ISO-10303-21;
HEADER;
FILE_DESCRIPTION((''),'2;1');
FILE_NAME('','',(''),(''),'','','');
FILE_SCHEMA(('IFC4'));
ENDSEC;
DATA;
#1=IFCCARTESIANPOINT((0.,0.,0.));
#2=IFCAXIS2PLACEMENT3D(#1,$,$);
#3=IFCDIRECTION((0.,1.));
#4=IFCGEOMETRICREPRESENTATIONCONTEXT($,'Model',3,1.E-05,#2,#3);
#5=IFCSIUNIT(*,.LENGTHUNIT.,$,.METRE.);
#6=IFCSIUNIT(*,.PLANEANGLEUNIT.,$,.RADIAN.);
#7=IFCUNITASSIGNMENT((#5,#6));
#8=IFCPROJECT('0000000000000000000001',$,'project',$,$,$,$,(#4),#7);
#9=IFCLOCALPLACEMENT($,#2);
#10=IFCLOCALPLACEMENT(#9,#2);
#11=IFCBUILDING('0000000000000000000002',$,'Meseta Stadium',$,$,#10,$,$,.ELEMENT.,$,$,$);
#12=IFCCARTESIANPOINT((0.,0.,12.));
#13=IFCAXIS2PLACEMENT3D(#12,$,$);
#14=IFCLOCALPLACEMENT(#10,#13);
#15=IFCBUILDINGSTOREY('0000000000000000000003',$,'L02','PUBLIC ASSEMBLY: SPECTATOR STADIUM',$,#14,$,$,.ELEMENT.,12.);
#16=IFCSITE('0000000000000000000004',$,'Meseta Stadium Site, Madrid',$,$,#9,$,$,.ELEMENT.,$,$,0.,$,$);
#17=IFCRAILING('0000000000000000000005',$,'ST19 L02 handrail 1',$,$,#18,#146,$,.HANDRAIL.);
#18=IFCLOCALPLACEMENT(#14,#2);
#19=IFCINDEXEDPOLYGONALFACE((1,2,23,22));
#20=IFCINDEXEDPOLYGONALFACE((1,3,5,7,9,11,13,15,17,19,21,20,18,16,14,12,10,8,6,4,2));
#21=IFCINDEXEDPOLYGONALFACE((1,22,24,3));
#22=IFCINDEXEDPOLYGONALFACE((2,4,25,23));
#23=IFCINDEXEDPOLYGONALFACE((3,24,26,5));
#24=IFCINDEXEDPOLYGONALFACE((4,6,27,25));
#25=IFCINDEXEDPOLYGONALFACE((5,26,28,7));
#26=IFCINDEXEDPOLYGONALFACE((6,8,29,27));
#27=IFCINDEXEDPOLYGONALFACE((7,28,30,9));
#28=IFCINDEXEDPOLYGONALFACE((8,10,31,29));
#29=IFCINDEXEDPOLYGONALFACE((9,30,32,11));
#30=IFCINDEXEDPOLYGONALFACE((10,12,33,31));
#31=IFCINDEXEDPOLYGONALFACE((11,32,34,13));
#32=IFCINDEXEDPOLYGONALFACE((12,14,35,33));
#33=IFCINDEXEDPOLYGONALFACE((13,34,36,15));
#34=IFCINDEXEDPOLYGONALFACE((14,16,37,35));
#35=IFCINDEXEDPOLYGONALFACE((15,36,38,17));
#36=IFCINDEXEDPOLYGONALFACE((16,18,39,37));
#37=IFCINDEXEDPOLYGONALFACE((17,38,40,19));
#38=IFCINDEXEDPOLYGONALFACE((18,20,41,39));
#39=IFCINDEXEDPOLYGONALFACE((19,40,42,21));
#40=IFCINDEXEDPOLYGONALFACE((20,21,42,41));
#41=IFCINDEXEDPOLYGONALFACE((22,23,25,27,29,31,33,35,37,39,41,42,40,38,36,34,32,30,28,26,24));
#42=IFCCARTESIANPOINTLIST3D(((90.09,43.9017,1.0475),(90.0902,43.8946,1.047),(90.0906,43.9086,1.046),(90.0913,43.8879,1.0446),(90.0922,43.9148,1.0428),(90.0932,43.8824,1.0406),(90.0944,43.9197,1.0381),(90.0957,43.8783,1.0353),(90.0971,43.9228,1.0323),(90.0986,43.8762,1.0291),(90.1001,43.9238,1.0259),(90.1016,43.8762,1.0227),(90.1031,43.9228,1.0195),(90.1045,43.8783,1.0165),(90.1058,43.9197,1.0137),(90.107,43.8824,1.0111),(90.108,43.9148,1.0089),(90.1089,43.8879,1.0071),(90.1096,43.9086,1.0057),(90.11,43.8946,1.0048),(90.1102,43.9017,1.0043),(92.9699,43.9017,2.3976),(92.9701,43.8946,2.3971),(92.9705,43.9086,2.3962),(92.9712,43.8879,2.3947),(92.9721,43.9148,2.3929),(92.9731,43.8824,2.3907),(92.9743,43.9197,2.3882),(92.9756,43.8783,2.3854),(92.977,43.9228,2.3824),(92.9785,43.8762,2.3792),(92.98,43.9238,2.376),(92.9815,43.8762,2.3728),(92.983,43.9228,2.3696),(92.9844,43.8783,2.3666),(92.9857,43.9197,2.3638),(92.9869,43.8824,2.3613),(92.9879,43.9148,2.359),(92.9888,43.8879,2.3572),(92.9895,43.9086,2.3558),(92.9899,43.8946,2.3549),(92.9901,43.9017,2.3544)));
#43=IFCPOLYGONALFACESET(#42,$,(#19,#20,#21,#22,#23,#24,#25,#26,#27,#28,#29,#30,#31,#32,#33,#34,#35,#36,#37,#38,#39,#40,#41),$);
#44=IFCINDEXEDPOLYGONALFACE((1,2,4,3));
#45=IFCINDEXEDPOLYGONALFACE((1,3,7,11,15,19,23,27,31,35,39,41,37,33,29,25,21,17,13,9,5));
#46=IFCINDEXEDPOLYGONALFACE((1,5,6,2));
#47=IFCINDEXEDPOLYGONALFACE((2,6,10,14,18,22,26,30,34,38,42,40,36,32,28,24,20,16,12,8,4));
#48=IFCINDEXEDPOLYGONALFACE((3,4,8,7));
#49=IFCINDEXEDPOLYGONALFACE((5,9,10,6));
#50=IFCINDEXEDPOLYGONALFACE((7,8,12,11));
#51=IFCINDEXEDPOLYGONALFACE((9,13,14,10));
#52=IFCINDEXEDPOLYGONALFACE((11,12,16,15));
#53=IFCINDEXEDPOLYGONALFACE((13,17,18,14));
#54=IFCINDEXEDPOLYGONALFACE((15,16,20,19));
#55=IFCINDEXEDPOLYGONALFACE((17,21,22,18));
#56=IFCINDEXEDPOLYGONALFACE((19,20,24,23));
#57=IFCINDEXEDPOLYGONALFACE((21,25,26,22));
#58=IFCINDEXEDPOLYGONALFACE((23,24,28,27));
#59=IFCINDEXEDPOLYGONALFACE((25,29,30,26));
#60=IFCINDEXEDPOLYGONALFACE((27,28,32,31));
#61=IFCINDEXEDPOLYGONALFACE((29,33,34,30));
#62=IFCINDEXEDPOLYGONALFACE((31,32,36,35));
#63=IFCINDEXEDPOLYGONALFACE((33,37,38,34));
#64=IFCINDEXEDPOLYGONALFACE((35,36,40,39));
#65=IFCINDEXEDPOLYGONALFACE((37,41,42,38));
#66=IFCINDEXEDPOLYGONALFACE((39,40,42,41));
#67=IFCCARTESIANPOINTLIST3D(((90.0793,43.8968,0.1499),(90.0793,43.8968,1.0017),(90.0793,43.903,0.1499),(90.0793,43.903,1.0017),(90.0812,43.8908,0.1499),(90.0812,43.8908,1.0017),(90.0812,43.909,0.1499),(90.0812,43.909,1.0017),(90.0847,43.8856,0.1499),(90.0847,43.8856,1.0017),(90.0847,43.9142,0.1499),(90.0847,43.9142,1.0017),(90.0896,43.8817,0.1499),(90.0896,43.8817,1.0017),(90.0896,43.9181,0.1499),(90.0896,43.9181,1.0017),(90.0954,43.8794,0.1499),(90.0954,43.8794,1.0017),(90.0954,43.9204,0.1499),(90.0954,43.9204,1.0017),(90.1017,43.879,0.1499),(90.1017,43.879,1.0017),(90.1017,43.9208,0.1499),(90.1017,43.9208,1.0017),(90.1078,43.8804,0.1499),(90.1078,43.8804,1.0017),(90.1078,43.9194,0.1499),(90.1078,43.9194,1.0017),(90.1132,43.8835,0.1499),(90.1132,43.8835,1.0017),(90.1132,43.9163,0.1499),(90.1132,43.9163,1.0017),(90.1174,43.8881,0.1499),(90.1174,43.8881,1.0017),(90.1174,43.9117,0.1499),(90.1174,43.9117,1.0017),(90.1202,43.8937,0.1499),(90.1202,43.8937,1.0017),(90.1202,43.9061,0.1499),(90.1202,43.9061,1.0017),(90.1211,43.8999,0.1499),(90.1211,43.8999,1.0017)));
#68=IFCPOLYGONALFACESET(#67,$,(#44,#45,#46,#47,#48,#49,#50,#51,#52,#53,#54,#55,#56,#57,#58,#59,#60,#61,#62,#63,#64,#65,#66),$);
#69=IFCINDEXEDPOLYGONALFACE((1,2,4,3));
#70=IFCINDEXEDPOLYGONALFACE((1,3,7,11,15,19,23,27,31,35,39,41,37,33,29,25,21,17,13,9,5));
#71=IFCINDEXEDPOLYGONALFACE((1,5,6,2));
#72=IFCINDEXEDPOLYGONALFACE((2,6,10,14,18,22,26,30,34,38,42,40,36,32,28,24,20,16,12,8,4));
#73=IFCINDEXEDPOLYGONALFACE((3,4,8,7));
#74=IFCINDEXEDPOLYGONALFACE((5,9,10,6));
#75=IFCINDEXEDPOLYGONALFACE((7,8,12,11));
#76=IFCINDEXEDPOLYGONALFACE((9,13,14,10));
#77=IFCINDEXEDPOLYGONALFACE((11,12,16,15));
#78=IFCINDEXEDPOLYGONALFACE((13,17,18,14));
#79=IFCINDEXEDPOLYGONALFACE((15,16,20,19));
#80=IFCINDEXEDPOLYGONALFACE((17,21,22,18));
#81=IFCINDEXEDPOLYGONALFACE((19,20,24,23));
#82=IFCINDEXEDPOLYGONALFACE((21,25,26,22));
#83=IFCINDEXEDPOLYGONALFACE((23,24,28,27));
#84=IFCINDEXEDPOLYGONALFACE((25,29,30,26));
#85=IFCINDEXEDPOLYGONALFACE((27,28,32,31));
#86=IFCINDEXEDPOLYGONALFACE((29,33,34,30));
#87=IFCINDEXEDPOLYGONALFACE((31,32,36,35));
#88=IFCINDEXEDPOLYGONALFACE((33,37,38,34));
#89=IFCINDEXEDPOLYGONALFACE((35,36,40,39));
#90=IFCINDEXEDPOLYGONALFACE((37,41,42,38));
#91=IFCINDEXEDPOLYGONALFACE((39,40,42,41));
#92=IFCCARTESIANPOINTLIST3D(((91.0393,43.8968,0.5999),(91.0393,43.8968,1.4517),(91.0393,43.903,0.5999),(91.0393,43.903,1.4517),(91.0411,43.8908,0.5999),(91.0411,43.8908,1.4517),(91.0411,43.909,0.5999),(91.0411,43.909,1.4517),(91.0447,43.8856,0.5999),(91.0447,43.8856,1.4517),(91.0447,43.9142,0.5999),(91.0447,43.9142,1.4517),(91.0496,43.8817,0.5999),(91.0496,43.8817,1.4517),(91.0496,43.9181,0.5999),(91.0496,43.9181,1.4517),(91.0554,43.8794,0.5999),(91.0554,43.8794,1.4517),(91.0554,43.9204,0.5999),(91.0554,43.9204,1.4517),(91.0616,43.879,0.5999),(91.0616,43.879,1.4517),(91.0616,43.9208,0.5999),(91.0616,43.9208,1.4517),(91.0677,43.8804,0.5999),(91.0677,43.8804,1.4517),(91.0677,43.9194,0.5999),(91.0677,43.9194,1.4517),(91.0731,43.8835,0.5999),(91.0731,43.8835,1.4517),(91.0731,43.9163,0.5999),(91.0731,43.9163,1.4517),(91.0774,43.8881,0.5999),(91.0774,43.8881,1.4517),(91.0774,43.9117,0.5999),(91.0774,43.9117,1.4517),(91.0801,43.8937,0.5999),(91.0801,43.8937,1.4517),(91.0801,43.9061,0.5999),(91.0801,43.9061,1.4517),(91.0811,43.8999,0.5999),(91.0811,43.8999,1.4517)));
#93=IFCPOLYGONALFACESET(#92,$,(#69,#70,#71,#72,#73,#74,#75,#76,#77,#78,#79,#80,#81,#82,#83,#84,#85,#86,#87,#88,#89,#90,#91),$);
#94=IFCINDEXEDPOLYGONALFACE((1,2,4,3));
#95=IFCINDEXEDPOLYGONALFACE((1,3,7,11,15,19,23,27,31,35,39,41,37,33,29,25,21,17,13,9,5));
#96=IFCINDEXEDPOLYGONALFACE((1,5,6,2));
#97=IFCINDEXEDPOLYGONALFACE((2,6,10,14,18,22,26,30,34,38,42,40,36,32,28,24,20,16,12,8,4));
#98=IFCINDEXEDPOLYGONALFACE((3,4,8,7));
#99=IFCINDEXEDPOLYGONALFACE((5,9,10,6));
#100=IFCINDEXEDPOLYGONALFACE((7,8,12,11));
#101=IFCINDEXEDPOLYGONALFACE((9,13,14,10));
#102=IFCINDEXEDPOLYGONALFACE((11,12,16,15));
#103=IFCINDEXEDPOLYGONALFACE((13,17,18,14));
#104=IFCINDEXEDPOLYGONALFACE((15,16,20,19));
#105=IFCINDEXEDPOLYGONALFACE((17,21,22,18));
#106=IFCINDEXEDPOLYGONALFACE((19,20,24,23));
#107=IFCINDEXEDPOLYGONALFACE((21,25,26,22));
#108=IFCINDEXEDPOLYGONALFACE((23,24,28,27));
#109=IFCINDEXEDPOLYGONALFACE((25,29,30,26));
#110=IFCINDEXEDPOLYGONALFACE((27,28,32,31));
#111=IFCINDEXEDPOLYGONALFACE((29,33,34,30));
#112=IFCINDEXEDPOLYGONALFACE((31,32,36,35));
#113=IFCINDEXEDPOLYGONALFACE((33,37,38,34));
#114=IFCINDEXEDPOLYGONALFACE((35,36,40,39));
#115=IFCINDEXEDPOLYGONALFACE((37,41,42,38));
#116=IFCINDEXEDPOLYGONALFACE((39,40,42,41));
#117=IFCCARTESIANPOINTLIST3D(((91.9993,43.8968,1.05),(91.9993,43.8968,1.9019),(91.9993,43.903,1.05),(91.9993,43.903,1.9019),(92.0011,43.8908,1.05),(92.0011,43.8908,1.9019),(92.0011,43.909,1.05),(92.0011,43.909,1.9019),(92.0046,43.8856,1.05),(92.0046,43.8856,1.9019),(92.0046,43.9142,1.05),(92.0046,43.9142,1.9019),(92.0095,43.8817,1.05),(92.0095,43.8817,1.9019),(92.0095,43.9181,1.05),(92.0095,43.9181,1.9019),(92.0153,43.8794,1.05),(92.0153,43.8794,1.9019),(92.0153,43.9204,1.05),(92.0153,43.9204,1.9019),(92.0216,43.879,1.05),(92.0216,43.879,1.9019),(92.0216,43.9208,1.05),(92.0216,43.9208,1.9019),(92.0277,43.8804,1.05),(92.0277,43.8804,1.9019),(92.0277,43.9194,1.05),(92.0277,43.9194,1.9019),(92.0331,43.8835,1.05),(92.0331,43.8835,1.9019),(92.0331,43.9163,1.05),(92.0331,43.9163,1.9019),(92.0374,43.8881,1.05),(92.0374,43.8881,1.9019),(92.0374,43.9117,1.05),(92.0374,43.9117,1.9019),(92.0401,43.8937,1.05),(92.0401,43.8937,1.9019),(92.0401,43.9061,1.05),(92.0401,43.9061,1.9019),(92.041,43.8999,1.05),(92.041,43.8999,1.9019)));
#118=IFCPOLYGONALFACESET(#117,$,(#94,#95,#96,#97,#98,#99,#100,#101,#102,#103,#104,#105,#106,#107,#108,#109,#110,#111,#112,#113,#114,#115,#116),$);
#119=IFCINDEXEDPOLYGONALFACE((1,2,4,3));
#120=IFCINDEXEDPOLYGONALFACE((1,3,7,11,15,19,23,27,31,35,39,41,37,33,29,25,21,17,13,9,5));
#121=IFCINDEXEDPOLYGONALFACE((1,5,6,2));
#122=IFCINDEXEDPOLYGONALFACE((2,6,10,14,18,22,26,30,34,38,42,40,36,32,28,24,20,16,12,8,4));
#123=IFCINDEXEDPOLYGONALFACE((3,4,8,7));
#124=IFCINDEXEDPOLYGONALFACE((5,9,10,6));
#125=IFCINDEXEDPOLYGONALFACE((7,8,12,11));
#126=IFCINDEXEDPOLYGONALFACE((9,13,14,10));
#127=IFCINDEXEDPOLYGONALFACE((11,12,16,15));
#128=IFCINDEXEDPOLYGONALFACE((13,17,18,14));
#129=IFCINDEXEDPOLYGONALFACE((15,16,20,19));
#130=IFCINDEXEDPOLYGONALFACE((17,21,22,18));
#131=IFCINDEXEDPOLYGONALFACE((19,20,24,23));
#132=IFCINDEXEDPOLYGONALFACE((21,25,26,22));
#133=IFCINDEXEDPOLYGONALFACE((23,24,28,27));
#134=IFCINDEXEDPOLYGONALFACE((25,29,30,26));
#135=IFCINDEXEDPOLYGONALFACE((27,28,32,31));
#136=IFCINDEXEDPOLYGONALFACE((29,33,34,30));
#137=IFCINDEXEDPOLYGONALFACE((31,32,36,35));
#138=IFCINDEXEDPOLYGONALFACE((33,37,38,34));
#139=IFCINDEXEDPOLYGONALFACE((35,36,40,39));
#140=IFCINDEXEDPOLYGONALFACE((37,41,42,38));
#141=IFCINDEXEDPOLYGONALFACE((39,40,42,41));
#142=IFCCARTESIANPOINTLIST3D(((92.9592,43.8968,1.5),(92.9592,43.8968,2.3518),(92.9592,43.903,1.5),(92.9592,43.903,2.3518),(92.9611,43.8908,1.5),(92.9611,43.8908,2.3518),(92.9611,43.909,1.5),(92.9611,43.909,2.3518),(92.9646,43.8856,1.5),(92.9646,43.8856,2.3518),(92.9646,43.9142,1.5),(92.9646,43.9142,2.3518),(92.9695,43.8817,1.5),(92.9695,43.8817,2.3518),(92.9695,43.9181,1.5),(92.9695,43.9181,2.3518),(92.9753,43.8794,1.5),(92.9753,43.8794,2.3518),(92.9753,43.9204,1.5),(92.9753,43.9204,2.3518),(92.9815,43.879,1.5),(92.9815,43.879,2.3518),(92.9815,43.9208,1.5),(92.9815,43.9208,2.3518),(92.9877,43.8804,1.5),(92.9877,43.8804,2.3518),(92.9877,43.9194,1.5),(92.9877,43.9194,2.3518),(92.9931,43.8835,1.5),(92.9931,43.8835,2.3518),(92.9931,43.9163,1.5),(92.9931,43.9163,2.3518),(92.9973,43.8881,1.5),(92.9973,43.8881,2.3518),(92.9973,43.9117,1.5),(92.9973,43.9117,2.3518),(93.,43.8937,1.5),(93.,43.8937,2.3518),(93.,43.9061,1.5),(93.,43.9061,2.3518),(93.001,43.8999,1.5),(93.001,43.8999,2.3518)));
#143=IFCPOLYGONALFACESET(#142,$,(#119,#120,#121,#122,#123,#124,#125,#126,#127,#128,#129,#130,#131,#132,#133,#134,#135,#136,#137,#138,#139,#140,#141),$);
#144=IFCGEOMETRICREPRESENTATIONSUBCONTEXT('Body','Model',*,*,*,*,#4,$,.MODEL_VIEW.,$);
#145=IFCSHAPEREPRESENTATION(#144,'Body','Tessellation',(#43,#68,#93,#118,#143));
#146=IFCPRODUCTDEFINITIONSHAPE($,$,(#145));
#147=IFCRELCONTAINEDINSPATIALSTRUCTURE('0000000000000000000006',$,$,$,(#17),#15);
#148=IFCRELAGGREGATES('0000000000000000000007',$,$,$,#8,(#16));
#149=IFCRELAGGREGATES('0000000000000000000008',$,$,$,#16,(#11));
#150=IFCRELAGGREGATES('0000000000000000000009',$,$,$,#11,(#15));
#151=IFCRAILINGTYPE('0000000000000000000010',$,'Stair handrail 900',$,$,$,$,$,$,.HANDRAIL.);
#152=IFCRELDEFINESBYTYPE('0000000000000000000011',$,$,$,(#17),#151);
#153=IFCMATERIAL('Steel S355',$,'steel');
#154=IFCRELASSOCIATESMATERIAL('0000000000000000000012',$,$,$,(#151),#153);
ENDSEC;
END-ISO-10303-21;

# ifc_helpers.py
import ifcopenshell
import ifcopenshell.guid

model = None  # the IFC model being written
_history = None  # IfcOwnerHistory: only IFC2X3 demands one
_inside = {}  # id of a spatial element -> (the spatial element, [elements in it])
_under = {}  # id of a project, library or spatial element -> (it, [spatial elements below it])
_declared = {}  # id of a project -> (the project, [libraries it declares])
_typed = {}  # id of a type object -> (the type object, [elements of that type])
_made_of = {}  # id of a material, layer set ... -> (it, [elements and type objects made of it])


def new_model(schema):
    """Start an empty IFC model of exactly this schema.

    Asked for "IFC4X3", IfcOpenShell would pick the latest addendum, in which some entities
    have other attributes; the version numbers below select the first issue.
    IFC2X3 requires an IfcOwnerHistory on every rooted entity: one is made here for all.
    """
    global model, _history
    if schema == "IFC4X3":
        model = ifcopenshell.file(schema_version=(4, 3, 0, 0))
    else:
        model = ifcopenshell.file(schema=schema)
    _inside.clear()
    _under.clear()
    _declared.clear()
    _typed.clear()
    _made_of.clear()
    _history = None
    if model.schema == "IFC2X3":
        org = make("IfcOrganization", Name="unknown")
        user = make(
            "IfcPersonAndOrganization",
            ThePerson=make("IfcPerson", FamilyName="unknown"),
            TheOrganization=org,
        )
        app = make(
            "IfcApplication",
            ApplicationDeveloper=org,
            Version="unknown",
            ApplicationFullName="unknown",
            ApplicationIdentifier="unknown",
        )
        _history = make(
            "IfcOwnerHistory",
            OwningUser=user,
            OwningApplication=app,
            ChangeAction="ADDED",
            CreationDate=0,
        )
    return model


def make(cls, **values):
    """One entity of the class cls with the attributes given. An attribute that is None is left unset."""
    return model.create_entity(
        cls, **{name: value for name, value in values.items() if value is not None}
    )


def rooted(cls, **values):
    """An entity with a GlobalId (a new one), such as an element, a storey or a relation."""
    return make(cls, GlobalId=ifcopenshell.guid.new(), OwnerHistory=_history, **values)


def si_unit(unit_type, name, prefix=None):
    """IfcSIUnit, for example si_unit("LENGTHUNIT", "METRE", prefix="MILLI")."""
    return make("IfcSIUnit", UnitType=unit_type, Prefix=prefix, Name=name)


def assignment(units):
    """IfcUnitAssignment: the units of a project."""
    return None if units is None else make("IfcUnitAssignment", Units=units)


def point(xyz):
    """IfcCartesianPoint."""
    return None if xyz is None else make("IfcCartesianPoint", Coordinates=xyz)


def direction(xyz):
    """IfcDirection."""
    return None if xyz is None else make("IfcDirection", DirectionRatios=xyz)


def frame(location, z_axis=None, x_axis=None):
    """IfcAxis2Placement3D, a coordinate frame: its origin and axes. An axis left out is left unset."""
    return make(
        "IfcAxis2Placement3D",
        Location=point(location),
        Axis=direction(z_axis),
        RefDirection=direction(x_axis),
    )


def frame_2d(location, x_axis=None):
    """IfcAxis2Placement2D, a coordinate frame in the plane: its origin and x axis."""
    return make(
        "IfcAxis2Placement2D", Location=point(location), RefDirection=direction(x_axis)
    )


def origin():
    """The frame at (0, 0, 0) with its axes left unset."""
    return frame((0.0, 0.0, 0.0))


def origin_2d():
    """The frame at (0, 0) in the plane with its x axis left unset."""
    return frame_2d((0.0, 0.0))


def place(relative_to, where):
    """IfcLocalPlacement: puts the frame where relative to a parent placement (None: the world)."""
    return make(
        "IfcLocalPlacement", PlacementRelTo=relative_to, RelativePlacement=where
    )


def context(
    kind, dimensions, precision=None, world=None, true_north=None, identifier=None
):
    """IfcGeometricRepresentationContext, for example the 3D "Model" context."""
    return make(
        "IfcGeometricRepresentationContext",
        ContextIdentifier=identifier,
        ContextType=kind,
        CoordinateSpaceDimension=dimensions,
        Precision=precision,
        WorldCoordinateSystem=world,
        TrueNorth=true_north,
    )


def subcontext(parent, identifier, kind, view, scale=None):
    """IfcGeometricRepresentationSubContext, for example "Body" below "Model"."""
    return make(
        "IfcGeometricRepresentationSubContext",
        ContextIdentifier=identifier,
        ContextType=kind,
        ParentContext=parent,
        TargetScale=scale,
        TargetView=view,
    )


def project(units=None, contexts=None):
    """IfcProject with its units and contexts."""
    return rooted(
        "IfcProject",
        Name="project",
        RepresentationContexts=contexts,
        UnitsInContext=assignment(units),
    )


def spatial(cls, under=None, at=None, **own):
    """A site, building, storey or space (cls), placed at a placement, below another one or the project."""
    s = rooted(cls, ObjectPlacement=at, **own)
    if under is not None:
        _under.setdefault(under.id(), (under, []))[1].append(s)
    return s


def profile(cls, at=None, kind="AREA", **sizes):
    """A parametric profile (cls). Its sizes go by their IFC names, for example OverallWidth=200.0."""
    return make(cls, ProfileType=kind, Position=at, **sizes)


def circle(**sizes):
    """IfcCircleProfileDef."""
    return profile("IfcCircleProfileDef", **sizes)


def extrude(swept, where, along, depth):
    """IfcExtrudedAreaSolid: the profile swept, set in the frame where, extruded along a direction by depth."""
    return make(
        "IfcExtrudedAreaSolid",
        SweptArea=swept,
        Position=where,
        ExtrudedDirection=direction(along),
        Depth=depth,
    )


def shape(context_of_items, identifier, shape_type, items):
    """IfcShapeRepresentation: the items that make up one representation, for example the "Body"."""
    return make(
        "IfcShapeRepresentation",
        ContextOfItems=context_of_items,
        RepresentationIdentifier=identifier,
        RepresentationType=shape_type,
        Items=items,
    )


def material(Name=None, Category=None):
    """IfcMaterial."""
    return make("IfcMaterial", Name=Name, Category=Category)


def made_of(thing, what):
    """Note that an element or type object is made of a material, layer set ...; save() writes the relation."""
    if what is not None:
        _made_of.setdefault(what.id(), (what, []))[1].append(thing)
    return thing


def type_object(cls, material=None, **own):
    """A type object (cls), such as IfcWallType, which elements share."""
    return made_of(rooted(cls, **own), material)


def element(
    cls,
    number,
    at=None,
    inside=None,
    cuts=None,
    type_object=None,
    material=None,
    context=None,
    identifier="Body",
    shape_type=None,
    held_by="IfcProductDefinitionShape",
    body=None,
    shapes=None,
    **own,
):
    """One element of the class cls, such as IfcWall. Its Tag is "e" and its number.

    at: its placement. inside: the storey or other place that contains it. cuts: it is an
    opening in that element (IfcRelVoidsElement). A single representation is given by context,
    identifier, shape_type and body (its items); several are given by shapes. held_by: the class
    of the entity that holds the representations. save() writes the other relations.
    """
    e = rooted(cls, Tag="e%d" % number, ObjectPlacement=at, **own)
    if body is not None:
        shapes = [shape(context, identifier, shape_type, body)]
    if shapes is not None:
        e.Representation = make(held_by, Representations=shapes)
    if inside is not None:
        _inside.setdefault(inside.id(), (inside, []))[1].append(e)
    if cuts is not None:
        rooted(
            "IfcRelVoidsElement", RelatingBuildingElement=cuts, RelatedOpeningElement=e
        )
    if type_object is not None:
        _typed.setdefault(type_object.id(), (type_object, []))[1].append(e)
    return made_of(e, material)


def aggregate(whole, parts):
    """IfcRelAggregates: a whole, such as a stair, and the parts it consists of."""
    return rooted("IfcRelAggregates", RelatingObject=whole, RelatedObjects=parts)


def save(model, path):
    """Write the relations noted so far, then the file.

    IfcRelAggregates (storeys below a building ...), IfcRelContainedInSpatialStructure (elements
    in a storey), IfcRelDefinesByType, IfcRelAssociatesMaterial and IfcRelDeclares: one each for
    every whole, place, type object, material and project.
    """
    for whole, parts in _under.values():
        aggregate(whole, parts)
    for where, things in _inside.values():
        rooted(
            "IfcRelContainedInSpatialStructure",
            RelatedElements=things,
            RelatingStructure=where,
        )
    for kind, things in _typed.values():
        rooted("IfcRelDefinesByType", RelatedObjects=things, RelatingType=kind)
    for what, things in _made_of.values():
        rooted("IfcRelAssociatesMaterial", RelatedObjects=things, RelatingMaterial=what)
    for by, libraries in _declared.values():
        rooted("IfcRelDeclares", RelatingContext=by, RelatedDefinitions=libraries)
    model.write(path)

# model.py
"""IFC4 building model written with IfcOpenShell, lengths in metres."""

from ifc_helpers import new_model, si_unit, direction, frame, origin, origin_2d, place, context, subcontext, project, spatial, circle, extrude, material, type_object, element, save


model = new_model("IFC4")

# Units and contexts
model_context = context("Model", 3, precision=1e-05, world=origin(), true_north=direction((0.0, 1.0)))
body_context = subcontext(model_context, "Body", "Model", "MODEL_VIEW")
ifc_project = project(units=[si_unit("LENGTHUNIT", "METRE"), si_unit("PLANEANGLEUNIT", "RADIAN")], contexts=[model_context])

# Site, building, storey
site_placement = place(None, origin())
site = spatial("IfcSite", under=ifc_project, at=site_placement, Name="Meseta Stadium Site, Madrid", CompositionType="ELEMENT", RefElevation=0.0)
building_placement = place(site_placement, origin())
building = spatial("IfcBuilding", under=site, at=building_placement, Name="Meseta Stadium", CompositionType="ELEMENT")
storey_placement = place(building_placement, frame((0.0, 0.0, 12.0)))
storey = spatial("IfcBuildingStorey", under=building, at=storey_placement, Name="L02", Description="PUBLIC ASSEMBLY: SPECTATOR STADIUM", CompositionType="ELEMENT", Elevation=12.0)

# Railing
ifc_material_1 = material(Name="Steel S355", Category="steel")
railing_type_1 = type_object("IfcRailingType", Name="Stair handrail 900", PredefinedType="HANDRAIL", material=ifc_material_1)
railing_1_placement = place(storey_placement, frame((90.1001, 43.8999, 0.1499)))
element("IfcRailing", 1, at=railing_1_placement, inside=storey, type_object=railing_type_1, Name="ST19 L02 handrail 1", PredefinedType="HANDRAIL", context=body_context, shape_type="SweptSolid", body=[
    extrude(circle(Radius=0.0239, at=origin_2d()), frame((0.0, 0.0, 0.876), z_axis=(0.90544, 0.0, 0.424473), x_axis=(0.0, 1.0, 0.0)), (0.0, 0.0, 1.0), 3.1807),
    extrude(circle(Radius=0.021, at=origin_2d()), origin(), (0.0, 0.0, 1.0), 0.8518),
    extrude(circle(Radius=0.021, at=origin_2d()), frame((0.96, 0.0, 0.45)), (0.0, 0.0, 1.0), 0.8518),
    extrude(circle(Radius=0.021, at=origin_2d()), frame((1.9199, 0.0, 0.9001)), (0.0, 0.0, 1.0), 0.8518),
    extrude(circle(Radius=0.021, at=origin_2d()), frame((2.8799, 0.0, 1.3501)), (0.0, 0.0, 1.0), 0.8518),
])

save(model, "model.ifc")
